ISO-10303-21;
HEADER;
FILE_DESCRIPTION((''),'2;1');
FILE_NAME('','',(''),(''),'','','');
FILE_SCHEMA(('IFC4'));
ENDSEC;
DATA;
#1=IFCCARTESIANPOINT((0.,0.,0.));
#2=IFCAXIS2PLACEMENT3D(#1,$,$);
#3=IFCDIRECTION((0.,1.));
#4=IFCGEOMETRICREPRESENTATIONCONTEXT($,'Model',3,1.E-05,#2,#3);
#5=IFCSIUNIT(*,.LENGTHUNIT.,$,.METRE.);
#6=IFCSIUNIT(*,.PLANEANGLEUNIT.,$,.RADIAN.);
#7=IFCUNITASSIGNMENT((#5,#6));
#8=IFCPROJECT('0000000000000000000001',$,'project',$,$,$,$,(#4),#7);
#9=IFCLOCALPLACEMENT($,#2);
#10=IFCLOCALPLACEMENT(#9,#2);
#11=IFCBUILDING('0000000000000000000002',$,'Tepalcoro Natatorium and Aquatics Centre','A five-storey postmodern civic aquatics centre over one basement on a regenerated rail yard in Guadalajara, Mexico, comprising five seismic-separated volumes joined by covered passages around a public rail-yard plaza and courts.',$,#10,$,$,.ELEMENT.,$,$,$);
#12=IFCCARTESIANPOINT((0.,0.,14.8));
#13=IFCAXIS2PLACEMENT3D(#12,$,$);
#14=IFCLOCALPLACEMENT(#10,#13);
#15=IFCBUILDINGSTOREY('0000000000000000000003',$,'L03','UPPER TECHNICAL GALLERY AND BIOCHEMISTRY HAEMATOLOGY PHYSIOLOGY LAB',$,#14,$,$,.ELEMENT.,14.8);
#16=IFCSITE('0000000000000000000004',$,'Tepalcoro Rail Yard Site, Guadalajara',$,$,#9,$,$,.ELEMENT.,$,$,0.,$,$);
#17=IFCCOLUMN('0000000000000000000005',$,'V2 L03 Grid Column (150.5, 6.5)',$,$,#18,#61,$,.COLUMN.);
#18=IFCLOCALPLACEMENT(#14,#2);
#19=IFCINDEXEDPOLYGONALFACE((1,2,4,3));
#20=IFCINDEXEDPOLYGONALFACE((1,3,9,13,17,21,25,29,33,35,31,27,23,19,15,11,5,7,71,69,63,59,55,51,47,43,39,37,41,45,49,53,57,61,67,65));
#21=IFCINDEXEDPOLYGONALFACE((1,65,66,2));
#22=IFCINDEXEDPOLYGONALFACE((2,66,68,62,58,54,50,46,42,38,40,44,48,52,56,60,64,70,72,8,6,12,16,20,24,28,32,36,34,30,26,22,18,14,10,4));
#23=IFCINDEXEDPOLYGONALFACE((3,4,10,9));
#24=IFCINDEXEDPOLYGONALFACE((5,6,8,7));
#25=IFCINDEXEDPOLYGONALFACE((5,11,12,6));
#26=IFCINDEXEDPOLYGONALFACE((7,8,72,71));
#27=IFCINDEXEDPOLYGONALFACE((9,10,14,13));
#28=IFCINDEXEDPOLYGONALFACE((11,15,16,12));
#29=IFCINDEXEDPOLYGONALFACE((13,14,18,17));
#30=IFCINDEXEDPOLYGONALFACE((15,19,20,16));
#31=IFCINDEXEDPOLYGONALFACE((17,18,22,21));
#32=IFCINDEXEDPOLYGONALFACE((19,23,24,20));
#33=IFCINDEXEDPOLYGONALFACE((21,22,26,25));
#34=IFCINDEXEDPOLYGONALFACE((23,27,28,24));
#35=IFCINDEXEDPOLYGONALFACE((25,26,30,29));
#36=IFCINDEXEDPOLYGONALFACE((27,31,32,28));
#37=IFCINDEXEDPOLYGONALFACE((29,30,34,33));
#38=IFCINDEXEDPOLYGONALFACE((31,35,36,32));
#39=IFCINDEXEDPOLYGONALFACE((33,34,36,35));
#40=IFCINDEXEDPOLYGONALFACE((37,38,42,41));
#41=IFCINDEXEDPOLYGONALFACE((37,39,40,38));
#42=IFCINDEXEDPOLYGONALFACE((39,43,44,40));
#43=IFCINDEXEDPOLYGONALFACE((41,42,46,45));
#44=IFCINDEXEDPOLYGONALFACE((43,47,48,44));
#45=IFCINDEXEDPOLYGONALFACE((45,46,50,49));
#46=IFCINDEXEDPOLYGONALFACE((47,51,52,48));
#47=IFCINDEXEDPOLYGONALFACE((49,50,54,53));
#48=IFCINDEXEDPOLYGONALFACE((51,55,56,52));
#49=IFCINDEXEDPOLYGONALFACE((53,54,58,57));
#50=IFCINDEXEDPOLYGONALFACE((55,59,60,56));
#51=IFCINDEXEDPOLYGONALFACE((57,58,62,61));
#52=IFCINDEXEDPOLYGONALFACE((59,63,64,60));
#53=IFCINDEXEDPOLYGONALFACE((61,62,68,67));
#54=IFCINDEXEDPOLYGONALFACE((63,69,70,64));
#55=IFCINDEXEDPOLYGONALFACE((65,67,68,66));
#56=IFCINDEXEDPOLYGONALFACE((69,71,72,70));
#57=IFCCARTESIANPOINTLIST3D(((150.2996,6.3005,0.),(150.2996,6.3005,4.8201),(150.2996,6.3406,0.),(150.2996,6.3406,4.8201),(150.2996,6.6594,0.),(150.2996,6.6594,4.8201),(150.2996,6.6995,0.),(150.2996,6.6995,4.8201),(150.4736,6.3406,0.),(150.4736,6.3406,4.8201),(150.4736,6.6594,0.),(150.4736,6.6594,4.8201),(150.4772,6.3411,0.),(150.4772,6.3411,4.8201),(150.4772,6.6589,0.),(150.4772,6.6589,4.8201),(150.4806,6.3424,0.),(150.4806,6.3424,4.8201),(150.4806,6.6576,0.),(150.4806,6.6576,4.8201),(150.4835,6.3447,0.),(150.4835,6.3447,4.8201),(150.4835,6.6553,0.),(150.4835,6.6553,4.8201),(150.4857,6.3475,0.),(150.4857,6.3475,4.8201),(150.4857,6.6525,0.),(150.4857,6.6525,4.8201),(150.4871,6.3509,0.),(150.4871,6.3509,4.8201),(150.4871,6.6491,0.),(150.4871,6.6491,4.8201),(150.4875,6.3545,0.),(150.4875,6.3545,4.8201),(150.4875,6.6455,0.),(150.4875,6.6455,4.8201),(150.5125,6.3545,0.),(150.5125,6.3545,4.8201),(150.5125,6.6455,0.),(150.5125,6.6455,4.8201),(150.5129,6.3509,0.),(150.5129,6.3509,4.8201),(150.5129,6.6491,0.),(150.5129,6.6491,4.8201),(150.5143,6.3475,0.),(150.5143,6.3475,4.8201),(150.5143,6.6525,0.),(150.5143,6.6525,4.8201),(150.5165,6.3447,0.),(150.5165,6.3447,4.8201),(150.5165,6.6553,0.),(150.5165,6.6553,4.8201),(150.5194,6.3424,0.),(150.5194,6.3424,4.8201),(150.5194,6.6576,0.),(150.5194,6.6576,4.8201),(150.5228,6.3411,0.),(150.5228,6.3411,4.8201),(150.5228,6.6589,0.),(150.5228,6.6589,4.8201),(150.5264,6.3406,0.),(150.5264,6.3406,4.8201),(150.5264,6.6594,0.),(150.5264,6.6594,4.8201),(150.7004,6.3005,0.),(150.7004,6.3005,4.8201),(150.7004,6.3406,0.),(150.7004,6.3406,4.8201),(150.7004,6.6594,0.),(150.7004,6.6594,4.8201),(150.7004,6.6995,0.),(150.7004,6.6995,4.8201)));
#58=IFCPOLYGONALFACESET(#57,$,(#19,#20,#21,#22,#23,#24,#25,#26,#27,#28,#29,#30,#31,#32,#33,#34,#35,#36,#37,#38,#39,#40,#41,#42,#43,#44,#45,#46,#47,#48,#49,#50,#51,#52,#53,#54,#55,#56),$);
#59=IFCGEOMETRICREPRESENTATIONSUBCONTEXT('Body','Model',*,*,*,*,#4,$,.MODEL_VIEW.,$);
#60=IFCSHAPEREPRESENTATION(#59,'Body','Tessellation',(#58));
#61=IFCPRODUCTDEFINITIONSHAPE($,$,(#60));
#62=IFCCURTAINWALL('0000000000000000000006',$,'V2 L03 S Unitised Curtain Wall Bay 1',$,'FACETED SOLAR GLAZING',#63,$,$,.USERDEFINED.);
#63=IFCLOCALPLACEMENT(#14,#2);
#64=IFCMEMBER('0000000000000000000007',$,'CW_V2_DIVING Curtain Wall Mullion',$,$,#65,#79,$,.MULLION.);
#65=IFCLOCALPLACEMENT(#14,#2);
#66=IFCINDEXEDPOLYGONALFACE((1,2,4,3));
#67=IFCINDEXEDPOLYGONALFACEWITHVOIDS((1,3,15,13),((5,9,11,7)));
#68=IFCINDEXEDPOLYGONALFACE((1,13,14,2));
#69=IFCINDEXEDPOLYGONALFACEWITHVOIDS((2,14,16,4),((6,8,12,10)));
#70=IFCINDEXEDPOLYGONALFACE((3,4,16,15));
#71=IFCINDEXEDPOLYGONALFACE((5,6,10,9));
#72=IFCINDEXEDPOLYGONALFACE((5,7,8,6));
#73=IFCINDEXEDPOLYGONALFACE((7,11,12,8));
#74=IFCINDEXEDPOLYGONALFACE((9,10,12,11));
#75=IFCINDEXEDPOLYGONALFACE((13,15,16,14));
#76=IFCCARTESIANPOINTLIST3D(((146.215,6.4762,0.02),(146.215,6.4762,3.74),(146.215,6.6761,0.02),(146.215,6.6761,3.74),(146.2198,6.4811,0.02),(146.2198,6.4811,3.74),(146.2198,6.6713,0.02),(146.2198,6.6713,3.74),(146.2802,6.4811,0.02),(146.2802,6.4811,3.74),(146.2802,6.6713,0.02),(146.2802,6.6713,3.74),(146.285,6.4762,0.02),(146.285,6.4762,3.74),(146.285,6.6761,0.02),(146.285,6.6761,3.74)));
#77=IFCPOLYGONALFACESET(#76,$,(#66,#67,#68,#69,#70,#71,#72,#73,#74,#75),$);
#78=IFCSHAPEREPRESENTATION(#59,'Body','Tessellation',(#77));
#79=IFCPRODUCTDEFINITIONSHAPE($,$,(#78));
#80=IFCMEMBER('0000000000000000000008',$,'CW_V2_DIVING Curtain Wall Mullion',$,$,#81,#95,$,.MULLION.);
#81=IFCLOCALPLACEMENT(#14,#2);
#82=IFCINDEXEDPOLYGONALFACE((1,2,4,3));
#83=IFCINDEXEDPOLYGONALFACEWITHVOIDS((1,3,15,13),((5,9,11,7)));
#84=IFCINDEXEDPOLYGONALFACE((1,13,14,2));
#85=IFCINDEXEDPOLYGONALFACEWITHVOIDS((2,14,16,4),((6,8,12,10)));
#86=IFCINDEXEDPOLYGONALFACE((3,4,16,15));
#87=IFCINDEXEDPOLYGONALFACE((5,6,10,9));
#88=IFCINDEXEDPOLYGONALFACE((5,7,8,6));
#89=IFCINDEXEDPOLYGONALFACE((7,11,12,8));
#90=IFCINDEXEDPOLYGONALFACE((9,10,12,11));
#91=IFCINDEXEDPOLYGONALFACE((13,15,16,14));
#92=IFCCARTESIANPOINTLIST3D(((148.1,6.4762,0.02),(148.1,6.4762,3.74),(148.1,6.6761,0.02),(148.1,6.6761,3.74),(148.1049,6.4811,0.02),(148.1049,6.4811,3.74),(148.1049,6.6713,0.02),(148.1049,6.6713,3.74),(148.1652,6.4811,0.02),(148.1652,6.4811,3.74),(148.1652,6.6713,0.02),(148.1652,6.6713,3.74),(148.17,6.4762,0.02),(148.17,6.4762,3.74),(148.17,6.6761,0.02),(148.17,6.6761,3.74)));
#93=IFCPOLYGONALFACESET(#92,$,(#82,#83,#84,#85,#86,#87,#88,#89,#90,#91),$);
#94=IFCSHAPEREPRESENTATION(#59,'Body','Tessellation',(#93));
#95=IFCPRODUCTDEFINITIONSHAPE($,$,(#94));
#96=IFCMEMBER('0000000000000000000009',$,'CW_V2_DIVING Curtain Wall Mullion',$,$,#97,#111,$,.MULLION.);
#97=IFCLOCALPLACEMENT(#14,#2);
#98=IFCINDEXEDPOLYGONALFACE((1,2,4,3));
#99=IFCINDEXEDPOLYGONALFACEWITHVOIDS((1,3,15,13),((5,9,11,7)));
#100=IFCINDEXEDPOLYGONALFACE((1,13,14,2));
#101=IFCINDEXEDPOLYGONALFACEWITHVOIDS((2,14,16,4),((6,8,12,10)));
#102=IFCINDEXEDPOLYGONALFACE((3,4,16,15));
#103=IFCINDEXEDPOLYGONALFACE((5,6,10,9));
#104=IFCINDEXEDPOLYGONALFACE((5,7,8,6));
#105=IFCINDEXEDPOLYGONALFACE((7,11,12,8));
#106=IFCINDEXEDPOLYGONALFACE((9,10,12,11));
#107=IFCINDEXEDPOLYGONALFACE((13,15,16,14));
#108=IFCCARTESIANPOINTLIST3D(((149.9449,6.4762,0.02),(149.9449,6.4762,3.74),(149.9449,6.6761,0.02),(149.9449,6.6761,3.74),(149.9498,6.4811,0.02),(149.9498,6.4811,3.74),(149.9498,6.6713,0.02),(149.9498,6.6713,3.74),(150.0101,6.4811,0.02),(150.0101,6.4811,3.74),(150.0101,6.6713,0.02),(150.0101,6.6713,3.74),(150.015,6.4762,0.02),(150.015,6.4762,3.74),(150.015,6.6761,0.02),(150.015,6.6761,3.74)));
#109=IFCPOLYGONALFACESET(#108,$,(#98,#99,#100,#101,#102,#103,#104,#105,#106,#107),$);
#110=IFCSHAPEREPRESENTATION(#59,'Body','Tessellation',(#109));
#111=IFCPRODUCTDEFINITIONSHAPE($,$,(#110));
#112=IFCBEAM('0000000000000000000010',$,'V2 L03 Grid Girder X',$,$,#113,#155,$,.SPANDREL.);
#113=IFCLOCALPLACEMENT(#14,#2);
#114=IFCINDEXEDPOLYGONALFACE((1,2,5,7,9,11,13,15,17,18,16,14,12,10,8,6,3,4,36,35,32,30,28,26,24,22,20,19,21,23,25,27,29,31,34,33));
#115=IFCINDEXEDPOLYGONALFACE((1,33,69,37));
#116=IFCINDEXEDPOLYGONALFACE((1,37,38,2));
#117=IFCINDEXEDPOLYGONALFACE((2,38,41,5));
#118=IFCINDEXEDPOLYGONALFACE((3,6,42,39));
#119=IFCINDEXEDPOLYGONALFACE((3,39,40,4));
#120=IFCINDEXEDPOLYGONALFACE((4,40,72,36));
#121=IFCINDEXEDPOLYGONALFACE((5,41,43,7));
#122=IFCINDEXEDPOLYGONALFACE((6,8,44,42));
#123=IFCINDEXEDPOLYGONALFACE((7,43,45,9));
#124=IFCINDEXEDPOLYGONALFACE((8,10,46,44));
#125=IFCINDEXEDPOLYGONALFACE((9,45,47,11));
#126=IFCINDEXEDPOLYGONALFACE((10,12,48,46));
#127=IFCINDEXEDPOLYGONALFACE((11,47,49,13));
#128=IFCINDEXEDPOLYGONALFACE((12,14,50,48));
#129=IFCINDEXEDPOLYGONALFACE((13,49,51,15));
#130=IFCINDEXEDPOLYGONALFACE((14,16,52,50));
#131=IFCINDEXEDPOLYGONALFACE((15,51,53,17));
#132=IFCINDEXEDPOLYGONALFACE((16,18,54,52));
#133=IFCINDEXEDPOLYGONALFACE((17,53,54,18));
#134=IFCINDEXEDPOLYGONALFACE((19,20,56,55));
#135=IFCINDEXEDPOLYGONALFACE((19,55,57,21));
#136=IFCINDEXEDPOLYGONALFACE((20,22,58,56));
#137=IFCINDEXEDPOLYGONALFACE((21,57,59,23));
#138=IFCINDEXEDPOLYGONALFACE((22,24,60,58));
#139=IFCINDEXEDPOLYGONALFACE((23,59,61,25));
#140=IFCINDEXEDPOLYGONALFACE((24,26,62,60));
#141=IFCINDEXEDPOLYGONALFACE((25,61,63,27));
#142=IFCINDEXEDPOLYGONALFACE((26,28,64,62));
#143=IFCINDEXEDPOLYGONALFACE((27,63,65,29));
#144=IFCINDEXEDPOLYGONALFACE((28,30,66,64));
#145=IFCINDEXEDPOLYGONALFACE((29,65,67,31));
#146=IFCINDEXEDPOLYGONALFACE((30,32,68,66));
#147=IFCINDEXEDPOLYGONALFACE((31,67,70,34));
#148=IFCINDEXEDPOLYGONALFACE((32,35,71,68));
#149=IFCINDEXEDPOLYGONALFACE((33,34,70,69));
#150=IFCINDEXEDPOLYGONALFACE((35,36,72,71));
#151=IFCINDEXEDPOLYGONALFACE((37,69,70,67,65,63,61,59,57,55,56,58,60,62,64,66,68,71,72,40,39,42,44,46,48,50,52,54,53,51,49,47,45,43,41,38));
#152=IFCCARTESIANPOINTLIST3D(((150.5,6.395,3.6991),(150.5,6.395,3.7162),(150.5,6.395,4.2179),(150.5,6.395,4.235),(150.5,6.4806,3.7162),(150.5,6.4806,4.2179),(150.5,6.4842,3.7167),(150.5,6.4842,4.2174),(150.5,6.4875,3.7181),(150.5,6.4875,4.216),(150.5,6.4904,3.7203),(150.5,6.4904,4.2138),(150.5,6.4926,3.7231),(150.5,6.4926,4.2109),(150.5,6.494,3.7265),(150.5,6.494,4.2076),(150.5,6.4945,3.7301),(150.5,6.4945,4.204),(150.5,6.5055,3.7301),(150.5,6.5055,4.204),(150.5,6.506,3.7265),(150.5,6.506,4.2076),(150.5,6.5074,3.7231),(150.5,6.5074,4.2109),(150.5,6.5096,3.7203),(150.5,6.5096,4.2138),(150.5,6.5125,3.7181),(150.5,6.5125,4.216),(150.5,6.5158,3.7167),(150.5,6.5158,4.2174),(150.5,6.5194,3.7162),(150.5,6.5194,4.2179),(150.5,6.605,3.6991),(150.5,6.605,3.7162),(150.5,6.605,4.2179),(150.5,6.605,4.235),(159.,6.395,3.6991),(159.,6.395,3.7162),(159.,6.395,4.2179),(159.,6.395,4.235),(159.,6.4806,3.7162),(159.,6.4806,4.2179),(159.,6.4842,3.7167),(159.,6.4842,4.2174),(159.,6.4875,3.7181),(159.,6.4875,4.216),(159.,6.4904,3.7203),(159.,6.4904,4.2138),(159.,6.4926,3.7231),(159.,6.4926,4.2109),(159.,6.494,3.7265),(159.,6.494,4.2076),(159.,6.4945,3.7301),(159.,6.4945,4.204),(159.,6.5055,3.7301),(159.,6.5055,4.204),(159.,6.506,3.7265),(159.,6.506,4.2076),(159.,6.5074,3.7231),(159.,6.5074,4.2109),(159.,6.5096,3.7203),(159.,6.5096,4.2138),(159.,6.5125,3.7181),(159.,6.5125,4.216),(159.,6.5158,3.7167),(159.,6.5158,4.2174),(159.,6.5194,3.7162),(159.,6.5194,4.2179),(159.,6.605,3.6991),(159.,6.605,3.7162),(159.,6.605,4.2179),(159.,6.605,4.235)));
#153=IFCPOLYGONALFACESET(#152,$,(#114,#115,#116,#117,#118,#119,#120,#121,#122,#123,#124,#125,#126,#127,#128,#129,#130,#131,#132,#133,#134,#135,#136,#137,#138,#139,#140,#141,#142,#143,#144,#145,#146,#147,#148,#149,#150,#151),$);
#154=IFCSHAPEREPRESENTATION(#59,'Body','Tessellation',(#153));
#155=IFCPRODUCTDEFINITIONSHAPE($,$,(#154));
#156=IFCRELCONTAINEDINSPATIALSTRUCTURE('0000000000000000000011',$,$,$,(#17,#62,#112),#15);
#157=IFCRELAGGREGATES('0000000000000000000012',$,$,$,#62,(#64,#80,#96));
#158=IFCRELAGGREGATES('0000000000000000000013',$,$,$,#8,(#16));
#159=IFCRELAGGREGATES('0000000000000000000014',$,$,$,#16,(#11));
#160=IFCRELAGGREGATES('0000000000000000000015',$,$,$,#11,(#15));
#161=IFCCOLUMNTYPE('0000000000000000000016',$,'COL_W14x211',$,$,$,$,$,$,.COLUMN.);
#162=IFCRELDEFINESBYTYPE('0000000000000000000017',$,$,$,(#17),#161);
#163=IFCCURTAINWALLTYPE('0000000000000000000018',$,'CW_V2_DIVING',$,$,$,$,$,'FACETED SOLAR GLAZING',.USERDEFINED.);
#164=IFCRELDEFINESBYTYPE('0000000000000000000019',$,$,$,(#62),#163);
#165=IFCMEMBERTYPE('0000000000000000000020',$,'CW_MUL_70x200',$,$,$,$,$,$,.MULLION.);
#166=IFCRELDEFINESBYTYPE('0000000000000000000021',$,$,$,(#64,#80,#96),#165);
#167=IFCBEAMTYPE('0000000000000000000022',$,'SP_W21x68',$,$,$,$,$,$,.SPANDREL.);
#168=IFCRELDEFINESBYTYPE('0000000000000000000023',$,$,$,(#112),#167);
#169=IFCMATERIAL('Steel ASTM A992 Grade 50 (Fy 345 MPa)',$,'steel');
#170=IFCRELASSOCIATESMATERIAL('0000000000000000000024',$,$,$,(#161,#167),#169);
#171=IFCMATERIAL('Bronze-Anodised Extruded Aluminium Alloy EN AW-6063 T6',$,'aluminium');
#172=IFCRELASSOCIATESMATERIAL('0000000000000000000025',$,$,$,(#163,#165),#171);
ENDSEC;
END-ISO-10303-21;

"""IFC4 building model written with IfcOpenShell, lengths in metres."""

from ifc_helpers import new_model, si_unit, direction, frame, origin, origin_2d, place, context, subcontext, project, spatial, hollow_rectangle, i_section, extrude, material, material_profile, profile_set, type_object, element, aggregate, save


model = new_model("IFC4")

# Units and contexts
model_context = context("Model", 3, precision=1e-05, world=origin(), true_north=direction((0.0, 1.0)))
body_context = subcontext(model_context, "Body", "Model", "MODEL_VIEW")
ifc_project = project(units=[si_unit("LENGTHUNIT", "METRE"), si_unit("PLANEANGLEUNIT", "RADIAN")], contexts=[model_context])

# Site, building, storey
site_placement = place(None, origin())
site = spatial("IfcSite", under=ifc_project, at=site_placement, Name="Tepalcoro Rail Yard Site, Guadalajara", CompositionType="ELEMENT", RefElevation=0.0)
building_placement = place(site_placement, origin())
building = spatial("IfcBuilding", under=site, at=building_placement, Name="Tepalcoro Natatorium and Aquatics Centre", Description="A five-storey postmodern civic aquatics centre over one basement on a regenerated rail yard in Guadalajara, Mexico, comprising five seismic-separated volumes joined by covered passages around a public rail-yard plaza and courts.", CompositionType="ELEMENT")
storey_placement = place(building_placement, frame((0.0, 0.0, 14.8)))
storey = spatial("IfcBuildingStorey", under=building, at=storey_placement, Name="L03", Description="UPPER TECHNICAL GALLERY AND BIOCHEMISTRY HAEMATOLOGY PHYSIOLOGY LAB", CompositionType="ELEMENT", Elevation=14.8)

# Column
ifc_material_1 = material(Name="Steel ASTM A992 Grade 50 (Fy 345 MPa)", Category="steel")
ifc_material_profile_1 = material_profile(ifc_material_1, i_section(OverallWidth=0.4009, OverallDepth=0.3989, WebThickness=0.0249, FlangeThickness=0.04, FilletRadius=0.0139, at=origin_2d()), Name="W14X211")
ifc_profile_set_1 = profile_set([ifc_material_profile_1], Name="Steel ASTM A992 Grade 50 (Fy 345 MPa)")
column_type_1 = type_object("IfcColumnType", Name="COL_W14x211", PredefinedType="COLUMN", material=ifc_profile_set_1)
column_1_placement = place(storey_placement, frame((150.5, 6.5, 0.0), z_axis=(0.0, 0.0, 1.0), x_axis=(1.0, 0.0, 0.0)))
element("IfcColumn", 1, at=column_1_placement, inside=storey, type_object=column_type_1, Name="V2 L03 Grid Column (150.5, 6.5)", PredefinedType="COLUMN", context=body_context, shape_type="SweptSolid", body=[
    extrude(i_section(OverallWidth=0.4009, OverallDepth=0.3989, WebThickness=0.0249, FlangeThickness=0.04, FilletRadius=0.0139, at=origin_2d()), origin(), (0.0, 0.0, 1.0), 4.8201),
])

# Curtain wall, members
ifc_material_2 = material(Name="Bronze-Anodised Extruded Aluminium Alloy EN AW-6063 T6", Category="aluminium")
curtain_wall_type = type_object("IfcCurtainWallType", Name="CW_V2_DIVING", ElementType="FACETED SOLAR GLAZING", PredefinedType="USERDEFINED", material=ifc_material_2)
curtain_wall_placement = place(storey_placement, origin())
curtain_wall = element("IfcCurtainWall", 2, at=curtain_wall_placement, inside=storey, type_object=curtain_wall_type, Name="V2 L03 S Unitised Curtain Wall Bay 1", ObjectType="FACETED SOLAR GLAZING", PredefinedType="USERDEFINED")
ifc_material_profile_2 = material_profile(ifc_material_2, hollow_rectangle(XDim=0.0701, YDim=0.2, WallThickness=0.0049, at=origin_2d()), Name="AL70X200X5")
ifc_profile_set_2 = profile_set([ifc_material_profile_2], Name="Bronze-Anodised Extruded Aluminium Alloy EN AW-6063 T6")
member_type = type_object("IfcMemberType", Name="CW_MUL_70x200", PredefinedType="MULLION", material=ifc_profile_set_2)
member_1_placement = place(storey_placement, frame((146.25, 6.5762, 0.02), z_axis=(0.0, 0.0, 1.0), x_axis=(1.0, 0.0, 0.0)))
member_1 = element("IfcMember", 3, at=member_1_placement, type_object=member_type, Name="CW_V2_DIVING Curtain Wall Mullion", PredefinedType="MULLION", context=body_context, shape_type="SweptSolid", body=[
    extrude(hollow_rectangle(XDim=0.0701, YDim=0.2, WallThickness=0.0049, at=origin_2d()), origin(), (0.0, 0.0, 1.0), 3.72),
])
member_2_placement = place(storey_placement, frame((148.135, 6.5762, 0.02), z_axis=(0.0, 0.0, 1.0), x_axis=(1.0, 0.0, 0.0)))
member_2 = element("IfcMember", 4, at=member_2_placement, type_object=member_type, Name="CW_V2_DIVING Curtain Wall Mullion", PredefinedType="MULLION", context=body_context, shape_type="SweptSolid", body=[
    extrude(hollow_rectangle(XDim=0.0701, YDim=0.2, WallThickness=0.0049, at=origin_2d()), origin(), (0.0, 0.0, 1.0), 3.72),
])
member_3_placement = place(storey_placement, frame((149.98, 6.5762, 0.02), z_axis=(0.0, 0.0, 1.0), x_axis=(1.0, 0.0, 0.0)))
member_3 = element("IfcMember", 5, at=member_3_placement, type_object=member_type, Name="CW_V2_DIVING Curtain Wall Mullion", PredefinedType="MULLION", context=body_context, shape_type="SweptSolid", body=[
    extrude(hollow_rectangle(XDim=0.0701, YDim=0.2, WallThickness=0.0049, at=origin_2d()), origin(), (0.0, 0.0, 1.0), 3.72),
])

# Beam
ifc_material_profile_3 = material_profile(ifc_material_1, i_section(OverallWidth=0.21, OverallDepth=0.5359, WebThickness=0.011, FlangeThickness=0.0171, FilletRadius=0.0139, at=origin_2d()), Name="W21X68")
ifc_profile_set_3 = profile_set([ifc_material_profile_3], Name="Steel ASTM A992 Grade 50 (Fy 345 MPa)")
beam_type_1 = type_object("IfcBeamType", Name="SP_W21x68", PredefinedType="SPANDREL", material=ifc_profile_set_3)
beam_1_placement = place(storey_placement, frame((150.5, 6.5, 3.967), z_axis=(1.0, 0.0, 0.0), x_axis=(0.0, 1.0, 0.0)))
element("IfcBeam", 6, at=beam_1_placement, inside=storey, type_object=beam_type_1, Name="V2 L03 Grid Girder X", PredefinedType="SPANDREL", context=body_context, shape_type="SweptSolid", body=[
    extrude(i_section(OverallWidth=0.21, OverallDepth=0.5359, WebThickness=0.011, FlangeThickness=0.0171, FilletRadius=0.0139, at=origin_2d()), origin(), (0.0, 0.0, 1.0), 8.5),
])

aggregate(curtain_wall, [member_1, member_2, member_3])

save(model, "model.ifc")
